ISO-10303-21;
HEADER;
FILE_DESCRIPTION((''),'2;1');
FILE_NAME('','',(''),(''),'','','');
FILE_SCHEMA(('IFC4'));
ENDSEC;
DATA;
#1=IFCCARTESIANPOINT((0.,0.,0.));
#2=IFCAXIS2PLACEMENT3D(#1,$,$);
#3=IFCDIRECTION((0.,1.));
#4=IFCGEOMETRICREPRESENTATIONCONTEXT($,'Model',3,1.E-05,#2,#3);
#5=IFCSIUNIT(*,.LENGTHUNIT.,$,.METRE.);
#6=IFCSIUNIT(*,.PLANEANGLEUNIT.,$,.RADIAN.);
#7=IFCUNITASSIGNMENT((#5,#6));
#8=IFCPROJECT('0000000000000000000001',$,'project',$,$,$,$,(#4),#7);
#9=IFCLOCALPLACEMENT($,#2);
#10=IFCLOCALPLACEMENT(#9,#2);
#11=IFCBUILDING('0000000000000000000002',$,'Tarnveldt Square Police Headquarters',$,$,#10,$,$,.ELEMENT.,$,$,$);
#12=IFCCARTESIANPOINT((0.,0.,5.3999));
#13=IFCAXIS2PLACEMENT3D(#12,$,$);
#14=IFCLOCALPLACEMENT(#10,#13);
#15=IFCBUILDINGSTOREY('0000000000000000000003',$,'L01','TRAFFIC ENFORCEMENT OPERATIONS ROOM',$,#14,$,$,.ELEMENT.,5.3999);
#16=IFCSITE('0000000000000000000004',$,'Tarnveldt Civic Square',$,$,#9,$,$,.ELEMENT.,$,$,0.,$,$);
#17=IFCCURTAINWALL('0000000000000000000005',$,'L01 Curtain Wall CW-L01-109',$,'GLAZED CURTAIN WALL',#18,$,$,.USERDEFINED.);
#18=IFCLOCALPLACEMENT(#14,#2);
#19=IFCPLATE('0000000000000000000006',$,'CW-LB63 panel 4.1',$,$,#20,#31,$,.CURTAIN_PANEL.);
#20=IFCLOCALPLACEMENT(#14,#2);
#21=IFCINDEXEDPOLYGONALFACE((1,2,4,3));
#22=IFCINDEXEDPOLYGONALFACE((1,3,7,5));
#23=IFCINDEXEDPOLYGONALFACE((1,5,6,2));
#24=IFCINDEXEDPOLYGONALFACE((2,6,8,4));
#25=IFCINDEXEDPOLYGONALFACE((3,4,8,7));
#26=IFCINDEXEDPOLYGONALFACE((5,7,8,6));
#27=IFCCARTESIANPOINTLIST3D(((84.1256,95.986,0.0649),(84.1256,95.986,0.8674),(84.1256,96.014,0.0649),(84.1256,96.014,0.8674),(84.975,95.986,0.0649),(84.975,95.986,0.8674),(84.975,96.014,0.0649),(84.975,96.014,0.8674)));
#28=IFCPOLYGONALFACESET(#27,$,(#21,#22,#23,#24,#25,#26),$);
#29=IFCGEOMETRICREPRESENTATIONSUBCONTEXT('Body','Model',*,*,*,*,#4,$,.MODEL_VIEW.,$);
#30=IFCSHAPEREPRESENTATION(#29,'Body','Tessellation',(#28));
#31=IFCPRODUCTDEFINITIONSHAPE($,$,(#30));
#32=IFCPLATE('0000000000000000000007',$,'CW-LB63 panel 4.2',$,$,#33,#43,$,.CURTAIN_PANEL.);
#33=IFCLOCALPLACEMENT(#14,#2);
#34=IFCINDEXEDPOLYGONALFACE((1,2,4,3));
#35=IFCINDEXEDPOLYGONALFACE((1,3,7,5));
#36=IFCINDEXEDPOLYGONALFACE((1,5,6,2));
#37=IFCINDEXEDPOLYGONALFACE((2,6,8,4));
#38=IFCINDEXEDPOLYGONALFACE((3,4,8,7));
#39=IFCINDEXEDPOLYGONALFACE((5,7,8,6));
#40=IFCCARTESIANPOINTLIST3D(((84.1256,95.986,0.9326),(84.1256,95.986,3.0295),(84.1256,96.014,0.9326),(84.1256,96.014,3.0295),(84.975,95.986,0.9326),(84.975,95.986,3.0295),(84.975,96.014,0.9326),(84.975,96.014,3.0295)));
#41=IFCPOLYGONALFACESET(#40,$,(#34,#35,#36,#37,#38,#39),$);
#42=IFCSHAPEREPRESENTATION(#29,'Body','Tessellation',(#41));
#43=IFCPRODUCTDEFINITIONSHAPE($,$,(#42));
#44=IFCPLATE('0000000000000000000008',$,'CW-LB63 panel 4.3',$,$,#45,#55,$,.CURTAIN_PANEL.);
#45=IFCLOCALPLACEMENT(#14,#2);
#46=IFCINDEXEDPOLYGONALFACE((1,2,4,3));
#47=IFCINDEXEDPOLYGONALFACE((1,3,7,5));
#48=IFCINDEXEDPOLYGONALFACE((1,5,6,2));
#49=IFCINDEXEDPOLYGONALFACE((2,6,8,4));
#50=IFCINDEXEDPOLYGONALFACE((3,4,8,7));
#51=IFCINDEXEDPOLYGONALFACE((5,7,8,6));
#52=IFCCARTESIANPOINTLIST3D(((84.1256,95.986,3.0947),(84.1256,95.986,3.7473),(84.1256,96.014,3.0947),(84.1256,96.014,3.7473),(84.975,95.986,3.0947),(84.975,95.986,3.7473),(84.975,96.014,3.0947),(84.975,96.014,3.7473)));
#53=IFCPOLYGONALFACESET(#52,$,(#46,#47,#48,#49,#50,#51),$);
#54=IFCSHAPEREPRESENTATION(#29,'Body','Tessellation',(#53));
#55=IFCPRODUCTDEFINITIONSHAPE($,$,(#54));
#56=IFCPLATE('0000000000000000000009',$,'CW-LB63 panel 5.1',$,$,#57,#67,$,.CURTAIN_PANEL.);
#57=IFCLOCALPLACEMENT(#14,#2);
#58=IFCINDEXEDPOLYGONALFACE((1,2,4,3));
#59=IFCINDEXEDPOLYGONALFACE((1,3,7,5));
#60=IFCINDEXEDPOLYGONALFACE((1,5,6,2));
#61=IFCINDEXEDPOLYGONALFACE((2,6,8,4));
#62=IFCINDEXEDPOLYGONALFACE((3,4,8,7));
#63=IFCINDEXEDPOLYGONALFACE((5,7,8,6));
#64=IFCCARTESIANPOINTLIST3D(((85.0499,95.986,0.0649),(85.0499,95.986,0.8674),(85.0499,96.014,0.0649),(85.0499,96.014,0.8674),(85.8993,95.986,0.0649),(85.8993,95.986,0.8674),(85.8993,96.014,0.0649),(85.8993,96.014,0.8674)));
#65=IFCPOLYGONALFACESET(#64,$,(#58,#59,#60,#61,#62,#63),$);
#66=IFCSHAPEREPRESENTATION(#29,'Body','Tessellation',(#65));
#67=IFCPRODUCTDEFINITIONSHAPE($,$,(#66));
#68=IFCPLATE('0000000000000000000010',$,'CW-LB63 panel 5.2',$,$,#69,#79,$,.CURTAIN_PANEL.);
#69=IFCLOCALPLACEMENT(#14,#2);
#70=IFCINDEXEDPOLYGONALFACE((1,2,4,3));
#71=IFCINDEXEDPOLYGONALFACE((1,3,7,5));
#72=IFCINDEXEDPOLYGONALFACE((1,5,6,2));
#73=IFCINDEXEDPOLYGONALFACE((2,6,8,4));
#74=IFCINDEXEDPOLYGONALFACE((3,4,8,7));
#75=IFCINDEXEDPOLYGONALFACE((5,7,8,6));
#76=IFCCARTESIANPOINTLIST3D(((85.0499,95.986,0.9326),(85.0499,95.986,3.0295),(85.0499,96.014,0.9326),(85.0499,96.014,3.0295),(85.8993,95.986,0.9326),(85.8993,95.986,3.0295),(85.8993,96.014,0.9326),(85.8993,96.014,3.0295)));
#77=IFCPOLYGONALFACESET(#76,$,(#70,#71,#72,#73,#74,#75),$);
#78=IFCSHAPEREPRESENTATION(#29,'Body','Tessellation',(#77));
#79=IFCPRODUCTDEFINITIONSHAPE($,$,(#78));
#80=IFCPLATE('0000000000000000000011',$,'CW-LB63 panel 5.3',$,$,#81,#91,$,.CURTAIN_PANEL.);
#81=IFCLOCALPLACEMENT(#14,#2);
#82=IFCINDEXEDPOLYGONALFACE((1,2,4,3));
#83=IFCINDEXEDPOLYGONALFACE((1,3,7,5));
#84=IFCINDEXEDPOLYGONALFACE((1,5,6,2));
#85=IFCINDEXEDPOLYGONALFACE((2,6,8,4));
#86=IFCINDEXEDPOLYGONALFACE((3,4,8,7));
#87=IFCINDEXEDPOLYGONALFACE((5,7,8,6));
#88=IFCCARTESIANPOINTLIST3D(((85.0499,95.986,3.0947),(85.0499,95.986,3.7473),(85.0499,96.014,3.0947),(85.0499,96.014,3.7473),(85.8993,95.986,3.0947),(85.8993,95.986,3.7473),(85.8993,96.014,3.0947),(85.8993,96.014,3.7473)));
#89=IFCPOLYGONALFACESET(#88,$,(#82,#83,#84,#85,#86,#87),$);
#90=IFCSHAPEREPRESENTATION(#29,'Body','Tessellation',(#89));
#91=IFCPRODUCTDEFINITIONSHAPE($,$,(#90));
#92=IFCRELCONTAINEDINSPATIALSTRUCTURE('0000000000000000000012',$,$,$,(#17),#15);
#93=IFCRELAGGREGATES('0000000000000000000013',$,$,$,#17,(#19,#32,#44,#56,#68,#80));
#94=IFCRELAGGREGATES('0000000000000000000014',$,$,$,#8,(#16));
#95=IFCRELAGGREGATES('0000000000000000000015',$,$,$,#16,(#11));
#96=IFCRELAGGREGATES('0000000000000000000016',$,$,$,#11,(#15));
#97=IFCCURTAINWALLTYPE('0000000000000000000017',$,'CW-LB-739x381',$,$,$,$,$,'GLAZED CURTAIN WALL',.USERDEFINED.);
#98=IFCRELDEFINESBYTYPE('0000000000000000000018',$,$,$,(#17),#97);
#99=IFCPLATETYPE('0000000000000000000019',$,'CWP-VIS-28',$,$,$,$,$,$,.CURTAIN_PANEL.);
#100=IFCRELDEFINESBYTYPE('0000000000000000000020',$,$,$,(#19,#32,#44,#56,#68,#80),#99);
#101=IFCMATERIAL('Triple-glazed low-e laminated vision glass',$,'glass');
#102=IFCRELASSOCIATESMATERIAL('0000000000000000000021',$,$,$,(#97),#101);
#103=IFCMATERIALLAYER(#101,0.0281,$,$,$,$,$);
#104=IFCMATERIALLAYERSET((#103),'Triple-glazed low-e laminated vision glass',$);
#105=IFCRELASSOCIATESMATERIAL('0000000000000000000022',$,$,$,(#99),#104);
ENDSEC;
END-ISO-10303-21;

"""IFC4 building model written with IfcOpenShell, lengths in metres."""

from ifc_helpers import new_model, si_unit, direction, frame, origin, origin_2d, place, context, subcontext, project, spatial, rectangle, extrude, material, layer, layer_set, type_object, element, aggregate, save


model = new_model("IFC4")

# Units and contexts
model_context = context("Model", 3, precision=1e-05, world=origin(), true_north=direction((0.0, 1.0)))
body_context = subcontext(model_context, "Body", "Model", "MODEL_VIEW")
ifc_project = project(units=[si_unit("LENGTHUNIT", "METRE"), si_unit("PLANEANGLEUNIT", "RADIAN")], contexts=[model_context])

# Site, building, storey
site_placement = place(None, origin())
site = spatial("IfcSite", under=ifc_project, at=site_placement, Name="Tarnveldt Civic Square", CompositionType="ELEMENT", RefElevation=0.0)
building_placement = place(site_placement, origin())
building = spatial("IfcBuilding", under=site, at=building_placement, Name="Tarnveldt Square Police Headquarters", CompositionType="ELEMENT")
storey_placement = place(building_placement, frame((0.0, 0.0, 5.3999)))
storey = spatial("IfcBuildingStorey", under=building, at=storey_placement, Name="L01", Description="TRAFFIC ENFORCEMENT OPERATIONS ROOM", CompositionType="ELEMENT", Elevation=5.3999)

# Curtain wall, plates
ifc_material_1 = material(Name="Triple-glazed low-e laminated vision glass", Category="glass")
curtain_wall_type = type_object("IfcCurtainWallType", Name="CW-LB-739x381", ElementType="GLAZED CURTAIN WALL", PredefinedType="USERDEFINED", material=ifc_material_1)
curtain_wall_placement = place(storey_placement, origin())
curtain_wall = element("IfcCurtainWall", 1, at=curtain_wall_placement, inside=storey, type_object=curtain_wall_type, Name="L01 Curtain Wall CW-L01-109", ObjectType="GLAZED CURTAIN WALL", PredefinedType="USERDEFINED")
ifc_layer = layer(ifc_material_1, 0.0281)
ifc_layer_set = layer_set([ifc_layer], Name="Triple-glazed low-e laminated vision glass")
plate_type = type_object("IfcPlateType", Name="CWP-VIS-28", PredefinedType="CURTAIN_PANEL", material=ifc_layer_set)
plate_1_placement = place(storey_placement, frame((84.5503, 96.0, 0.0649), z_axis=(0.0, 0.0, 1.0), x_axis=(1.0, 0.0, 0.0)))
plate_1 = element("IfcPlate", 2, at=plate_1_placement, type_object=plate_type, Name="CW-LB63 panel 4.1", PredefinedType="CURTAIN_PANEL", context=body_context, shape_type="SweptSolid", body=[
    extrude(rectangle(XDim=0.8494, YDim=0.0281, at=origin_2d()), origin(), (0.0, 0.0, 1.0), 0.8025),
])
plate_2_placement = place(storey_placement, frame((84.5503, 96.0, 0.9326), z_axis=(0.0, 0.0, 1.0), x_axis=(1.0, 0.0, 0.0)))
plate_2 = element("IfcPlate", 3, at=plate_2_placement, type_object=plate_type, Name="CW-LB63 panel 4.2", PredefinedType="CURTAIN_PANEL", context=body_context, shape_type="SweptSolid", body=[
    extrude(rectangle(XDim=0.8494, YDim=0.0281, at=origin_2d()), origin(), (0.0, 0.0, 1.0), 2.0969),
])
plate_3_placement = place(storey_placement, frame((84.5503, 96.0, 3.0947), z_axis=(0.0, 0.0, 1.0), x_axis=(1.0, 0.0, 0.0)))
plate_3 = element("IfcPlate", 4, at=plate_3_placement, type_object=plate_type, Name="CW-LB63 panel 4.3", PredefinedType="CURTAIN_PANEL", context=body_context, shape_type="SweptSolid", body=[
    extrude(rectangle(XDim=0.8494, YDim=0.0281, at=origin_2d()), origin(), (0.0, 0.0, 1.0), 0.6526),
])
plate_4_placement = place(storey_placement, frame((85.4746, 96.0, 0.0649), z_axis=(0.0, 0.0, 1.0), x_axis=(1.0, 0.0, 0.0)))
plate_4 = element("IfcPlate", 5, at=plate_4_placement, type_object=plate_type, Name="CW-LB63 panel 5.1", PredefinedType="CURTAIN_PANEL", context=body_context, shape_type="SweptSolid", body=[
    extrude(rectangle(XDim=0.8494, YDim=0.0281, at=origin_2d()), origin(), (0.0, 0.0, 1.0), 0.8025),
])
plate_5_placement = place(storey_placement, frame((85.4746, 96.0, 0.9326), z_axis=(0.0, 0.0, 1.0), x_axis=(1.0, 0.0, 0.0)))
plate_5 = element("IfcPlate", 6, at=plate_5_placement, type_object=plate_type, Name="CW-LB63 panel 5.2", PredefinedType="CURTAIN_PANEL", context=body_context, shape_type="SweptSolid", body=[
    extrude(rectangle(XDim=0.8494, YDim=0.0281, at=origin_2d()), origin(), (0.0, 0.0, 1.0), 2.0969),
])
plate_6_placement = place(storey_placement, frame((85.4746, 96.0, 3.0947), z_axis=(0.0, 0.0, 1.0), x_axis=(1.0, 0.0, 0.0)))
plate_6 = element("IfcPlate", 7, at=plate_6_placement, type_object=plate_type, Name="CW-LB63 panel 5.3", PredefinedType="CURTAIN_PANEL", context=body_context, shape_type="SweptSolid", body=[
    extrude(rectangle(XDim=0.8494, YDim=0.0281, at=origin_2d()), origin(), (0.0, 0.0, 1.0), 0.6526),
])
aggregate(curtain_wall, [plate_1, plate_2, plate_3, plate_4, plate_5, plate_6])

save(model, "model.ifc")
